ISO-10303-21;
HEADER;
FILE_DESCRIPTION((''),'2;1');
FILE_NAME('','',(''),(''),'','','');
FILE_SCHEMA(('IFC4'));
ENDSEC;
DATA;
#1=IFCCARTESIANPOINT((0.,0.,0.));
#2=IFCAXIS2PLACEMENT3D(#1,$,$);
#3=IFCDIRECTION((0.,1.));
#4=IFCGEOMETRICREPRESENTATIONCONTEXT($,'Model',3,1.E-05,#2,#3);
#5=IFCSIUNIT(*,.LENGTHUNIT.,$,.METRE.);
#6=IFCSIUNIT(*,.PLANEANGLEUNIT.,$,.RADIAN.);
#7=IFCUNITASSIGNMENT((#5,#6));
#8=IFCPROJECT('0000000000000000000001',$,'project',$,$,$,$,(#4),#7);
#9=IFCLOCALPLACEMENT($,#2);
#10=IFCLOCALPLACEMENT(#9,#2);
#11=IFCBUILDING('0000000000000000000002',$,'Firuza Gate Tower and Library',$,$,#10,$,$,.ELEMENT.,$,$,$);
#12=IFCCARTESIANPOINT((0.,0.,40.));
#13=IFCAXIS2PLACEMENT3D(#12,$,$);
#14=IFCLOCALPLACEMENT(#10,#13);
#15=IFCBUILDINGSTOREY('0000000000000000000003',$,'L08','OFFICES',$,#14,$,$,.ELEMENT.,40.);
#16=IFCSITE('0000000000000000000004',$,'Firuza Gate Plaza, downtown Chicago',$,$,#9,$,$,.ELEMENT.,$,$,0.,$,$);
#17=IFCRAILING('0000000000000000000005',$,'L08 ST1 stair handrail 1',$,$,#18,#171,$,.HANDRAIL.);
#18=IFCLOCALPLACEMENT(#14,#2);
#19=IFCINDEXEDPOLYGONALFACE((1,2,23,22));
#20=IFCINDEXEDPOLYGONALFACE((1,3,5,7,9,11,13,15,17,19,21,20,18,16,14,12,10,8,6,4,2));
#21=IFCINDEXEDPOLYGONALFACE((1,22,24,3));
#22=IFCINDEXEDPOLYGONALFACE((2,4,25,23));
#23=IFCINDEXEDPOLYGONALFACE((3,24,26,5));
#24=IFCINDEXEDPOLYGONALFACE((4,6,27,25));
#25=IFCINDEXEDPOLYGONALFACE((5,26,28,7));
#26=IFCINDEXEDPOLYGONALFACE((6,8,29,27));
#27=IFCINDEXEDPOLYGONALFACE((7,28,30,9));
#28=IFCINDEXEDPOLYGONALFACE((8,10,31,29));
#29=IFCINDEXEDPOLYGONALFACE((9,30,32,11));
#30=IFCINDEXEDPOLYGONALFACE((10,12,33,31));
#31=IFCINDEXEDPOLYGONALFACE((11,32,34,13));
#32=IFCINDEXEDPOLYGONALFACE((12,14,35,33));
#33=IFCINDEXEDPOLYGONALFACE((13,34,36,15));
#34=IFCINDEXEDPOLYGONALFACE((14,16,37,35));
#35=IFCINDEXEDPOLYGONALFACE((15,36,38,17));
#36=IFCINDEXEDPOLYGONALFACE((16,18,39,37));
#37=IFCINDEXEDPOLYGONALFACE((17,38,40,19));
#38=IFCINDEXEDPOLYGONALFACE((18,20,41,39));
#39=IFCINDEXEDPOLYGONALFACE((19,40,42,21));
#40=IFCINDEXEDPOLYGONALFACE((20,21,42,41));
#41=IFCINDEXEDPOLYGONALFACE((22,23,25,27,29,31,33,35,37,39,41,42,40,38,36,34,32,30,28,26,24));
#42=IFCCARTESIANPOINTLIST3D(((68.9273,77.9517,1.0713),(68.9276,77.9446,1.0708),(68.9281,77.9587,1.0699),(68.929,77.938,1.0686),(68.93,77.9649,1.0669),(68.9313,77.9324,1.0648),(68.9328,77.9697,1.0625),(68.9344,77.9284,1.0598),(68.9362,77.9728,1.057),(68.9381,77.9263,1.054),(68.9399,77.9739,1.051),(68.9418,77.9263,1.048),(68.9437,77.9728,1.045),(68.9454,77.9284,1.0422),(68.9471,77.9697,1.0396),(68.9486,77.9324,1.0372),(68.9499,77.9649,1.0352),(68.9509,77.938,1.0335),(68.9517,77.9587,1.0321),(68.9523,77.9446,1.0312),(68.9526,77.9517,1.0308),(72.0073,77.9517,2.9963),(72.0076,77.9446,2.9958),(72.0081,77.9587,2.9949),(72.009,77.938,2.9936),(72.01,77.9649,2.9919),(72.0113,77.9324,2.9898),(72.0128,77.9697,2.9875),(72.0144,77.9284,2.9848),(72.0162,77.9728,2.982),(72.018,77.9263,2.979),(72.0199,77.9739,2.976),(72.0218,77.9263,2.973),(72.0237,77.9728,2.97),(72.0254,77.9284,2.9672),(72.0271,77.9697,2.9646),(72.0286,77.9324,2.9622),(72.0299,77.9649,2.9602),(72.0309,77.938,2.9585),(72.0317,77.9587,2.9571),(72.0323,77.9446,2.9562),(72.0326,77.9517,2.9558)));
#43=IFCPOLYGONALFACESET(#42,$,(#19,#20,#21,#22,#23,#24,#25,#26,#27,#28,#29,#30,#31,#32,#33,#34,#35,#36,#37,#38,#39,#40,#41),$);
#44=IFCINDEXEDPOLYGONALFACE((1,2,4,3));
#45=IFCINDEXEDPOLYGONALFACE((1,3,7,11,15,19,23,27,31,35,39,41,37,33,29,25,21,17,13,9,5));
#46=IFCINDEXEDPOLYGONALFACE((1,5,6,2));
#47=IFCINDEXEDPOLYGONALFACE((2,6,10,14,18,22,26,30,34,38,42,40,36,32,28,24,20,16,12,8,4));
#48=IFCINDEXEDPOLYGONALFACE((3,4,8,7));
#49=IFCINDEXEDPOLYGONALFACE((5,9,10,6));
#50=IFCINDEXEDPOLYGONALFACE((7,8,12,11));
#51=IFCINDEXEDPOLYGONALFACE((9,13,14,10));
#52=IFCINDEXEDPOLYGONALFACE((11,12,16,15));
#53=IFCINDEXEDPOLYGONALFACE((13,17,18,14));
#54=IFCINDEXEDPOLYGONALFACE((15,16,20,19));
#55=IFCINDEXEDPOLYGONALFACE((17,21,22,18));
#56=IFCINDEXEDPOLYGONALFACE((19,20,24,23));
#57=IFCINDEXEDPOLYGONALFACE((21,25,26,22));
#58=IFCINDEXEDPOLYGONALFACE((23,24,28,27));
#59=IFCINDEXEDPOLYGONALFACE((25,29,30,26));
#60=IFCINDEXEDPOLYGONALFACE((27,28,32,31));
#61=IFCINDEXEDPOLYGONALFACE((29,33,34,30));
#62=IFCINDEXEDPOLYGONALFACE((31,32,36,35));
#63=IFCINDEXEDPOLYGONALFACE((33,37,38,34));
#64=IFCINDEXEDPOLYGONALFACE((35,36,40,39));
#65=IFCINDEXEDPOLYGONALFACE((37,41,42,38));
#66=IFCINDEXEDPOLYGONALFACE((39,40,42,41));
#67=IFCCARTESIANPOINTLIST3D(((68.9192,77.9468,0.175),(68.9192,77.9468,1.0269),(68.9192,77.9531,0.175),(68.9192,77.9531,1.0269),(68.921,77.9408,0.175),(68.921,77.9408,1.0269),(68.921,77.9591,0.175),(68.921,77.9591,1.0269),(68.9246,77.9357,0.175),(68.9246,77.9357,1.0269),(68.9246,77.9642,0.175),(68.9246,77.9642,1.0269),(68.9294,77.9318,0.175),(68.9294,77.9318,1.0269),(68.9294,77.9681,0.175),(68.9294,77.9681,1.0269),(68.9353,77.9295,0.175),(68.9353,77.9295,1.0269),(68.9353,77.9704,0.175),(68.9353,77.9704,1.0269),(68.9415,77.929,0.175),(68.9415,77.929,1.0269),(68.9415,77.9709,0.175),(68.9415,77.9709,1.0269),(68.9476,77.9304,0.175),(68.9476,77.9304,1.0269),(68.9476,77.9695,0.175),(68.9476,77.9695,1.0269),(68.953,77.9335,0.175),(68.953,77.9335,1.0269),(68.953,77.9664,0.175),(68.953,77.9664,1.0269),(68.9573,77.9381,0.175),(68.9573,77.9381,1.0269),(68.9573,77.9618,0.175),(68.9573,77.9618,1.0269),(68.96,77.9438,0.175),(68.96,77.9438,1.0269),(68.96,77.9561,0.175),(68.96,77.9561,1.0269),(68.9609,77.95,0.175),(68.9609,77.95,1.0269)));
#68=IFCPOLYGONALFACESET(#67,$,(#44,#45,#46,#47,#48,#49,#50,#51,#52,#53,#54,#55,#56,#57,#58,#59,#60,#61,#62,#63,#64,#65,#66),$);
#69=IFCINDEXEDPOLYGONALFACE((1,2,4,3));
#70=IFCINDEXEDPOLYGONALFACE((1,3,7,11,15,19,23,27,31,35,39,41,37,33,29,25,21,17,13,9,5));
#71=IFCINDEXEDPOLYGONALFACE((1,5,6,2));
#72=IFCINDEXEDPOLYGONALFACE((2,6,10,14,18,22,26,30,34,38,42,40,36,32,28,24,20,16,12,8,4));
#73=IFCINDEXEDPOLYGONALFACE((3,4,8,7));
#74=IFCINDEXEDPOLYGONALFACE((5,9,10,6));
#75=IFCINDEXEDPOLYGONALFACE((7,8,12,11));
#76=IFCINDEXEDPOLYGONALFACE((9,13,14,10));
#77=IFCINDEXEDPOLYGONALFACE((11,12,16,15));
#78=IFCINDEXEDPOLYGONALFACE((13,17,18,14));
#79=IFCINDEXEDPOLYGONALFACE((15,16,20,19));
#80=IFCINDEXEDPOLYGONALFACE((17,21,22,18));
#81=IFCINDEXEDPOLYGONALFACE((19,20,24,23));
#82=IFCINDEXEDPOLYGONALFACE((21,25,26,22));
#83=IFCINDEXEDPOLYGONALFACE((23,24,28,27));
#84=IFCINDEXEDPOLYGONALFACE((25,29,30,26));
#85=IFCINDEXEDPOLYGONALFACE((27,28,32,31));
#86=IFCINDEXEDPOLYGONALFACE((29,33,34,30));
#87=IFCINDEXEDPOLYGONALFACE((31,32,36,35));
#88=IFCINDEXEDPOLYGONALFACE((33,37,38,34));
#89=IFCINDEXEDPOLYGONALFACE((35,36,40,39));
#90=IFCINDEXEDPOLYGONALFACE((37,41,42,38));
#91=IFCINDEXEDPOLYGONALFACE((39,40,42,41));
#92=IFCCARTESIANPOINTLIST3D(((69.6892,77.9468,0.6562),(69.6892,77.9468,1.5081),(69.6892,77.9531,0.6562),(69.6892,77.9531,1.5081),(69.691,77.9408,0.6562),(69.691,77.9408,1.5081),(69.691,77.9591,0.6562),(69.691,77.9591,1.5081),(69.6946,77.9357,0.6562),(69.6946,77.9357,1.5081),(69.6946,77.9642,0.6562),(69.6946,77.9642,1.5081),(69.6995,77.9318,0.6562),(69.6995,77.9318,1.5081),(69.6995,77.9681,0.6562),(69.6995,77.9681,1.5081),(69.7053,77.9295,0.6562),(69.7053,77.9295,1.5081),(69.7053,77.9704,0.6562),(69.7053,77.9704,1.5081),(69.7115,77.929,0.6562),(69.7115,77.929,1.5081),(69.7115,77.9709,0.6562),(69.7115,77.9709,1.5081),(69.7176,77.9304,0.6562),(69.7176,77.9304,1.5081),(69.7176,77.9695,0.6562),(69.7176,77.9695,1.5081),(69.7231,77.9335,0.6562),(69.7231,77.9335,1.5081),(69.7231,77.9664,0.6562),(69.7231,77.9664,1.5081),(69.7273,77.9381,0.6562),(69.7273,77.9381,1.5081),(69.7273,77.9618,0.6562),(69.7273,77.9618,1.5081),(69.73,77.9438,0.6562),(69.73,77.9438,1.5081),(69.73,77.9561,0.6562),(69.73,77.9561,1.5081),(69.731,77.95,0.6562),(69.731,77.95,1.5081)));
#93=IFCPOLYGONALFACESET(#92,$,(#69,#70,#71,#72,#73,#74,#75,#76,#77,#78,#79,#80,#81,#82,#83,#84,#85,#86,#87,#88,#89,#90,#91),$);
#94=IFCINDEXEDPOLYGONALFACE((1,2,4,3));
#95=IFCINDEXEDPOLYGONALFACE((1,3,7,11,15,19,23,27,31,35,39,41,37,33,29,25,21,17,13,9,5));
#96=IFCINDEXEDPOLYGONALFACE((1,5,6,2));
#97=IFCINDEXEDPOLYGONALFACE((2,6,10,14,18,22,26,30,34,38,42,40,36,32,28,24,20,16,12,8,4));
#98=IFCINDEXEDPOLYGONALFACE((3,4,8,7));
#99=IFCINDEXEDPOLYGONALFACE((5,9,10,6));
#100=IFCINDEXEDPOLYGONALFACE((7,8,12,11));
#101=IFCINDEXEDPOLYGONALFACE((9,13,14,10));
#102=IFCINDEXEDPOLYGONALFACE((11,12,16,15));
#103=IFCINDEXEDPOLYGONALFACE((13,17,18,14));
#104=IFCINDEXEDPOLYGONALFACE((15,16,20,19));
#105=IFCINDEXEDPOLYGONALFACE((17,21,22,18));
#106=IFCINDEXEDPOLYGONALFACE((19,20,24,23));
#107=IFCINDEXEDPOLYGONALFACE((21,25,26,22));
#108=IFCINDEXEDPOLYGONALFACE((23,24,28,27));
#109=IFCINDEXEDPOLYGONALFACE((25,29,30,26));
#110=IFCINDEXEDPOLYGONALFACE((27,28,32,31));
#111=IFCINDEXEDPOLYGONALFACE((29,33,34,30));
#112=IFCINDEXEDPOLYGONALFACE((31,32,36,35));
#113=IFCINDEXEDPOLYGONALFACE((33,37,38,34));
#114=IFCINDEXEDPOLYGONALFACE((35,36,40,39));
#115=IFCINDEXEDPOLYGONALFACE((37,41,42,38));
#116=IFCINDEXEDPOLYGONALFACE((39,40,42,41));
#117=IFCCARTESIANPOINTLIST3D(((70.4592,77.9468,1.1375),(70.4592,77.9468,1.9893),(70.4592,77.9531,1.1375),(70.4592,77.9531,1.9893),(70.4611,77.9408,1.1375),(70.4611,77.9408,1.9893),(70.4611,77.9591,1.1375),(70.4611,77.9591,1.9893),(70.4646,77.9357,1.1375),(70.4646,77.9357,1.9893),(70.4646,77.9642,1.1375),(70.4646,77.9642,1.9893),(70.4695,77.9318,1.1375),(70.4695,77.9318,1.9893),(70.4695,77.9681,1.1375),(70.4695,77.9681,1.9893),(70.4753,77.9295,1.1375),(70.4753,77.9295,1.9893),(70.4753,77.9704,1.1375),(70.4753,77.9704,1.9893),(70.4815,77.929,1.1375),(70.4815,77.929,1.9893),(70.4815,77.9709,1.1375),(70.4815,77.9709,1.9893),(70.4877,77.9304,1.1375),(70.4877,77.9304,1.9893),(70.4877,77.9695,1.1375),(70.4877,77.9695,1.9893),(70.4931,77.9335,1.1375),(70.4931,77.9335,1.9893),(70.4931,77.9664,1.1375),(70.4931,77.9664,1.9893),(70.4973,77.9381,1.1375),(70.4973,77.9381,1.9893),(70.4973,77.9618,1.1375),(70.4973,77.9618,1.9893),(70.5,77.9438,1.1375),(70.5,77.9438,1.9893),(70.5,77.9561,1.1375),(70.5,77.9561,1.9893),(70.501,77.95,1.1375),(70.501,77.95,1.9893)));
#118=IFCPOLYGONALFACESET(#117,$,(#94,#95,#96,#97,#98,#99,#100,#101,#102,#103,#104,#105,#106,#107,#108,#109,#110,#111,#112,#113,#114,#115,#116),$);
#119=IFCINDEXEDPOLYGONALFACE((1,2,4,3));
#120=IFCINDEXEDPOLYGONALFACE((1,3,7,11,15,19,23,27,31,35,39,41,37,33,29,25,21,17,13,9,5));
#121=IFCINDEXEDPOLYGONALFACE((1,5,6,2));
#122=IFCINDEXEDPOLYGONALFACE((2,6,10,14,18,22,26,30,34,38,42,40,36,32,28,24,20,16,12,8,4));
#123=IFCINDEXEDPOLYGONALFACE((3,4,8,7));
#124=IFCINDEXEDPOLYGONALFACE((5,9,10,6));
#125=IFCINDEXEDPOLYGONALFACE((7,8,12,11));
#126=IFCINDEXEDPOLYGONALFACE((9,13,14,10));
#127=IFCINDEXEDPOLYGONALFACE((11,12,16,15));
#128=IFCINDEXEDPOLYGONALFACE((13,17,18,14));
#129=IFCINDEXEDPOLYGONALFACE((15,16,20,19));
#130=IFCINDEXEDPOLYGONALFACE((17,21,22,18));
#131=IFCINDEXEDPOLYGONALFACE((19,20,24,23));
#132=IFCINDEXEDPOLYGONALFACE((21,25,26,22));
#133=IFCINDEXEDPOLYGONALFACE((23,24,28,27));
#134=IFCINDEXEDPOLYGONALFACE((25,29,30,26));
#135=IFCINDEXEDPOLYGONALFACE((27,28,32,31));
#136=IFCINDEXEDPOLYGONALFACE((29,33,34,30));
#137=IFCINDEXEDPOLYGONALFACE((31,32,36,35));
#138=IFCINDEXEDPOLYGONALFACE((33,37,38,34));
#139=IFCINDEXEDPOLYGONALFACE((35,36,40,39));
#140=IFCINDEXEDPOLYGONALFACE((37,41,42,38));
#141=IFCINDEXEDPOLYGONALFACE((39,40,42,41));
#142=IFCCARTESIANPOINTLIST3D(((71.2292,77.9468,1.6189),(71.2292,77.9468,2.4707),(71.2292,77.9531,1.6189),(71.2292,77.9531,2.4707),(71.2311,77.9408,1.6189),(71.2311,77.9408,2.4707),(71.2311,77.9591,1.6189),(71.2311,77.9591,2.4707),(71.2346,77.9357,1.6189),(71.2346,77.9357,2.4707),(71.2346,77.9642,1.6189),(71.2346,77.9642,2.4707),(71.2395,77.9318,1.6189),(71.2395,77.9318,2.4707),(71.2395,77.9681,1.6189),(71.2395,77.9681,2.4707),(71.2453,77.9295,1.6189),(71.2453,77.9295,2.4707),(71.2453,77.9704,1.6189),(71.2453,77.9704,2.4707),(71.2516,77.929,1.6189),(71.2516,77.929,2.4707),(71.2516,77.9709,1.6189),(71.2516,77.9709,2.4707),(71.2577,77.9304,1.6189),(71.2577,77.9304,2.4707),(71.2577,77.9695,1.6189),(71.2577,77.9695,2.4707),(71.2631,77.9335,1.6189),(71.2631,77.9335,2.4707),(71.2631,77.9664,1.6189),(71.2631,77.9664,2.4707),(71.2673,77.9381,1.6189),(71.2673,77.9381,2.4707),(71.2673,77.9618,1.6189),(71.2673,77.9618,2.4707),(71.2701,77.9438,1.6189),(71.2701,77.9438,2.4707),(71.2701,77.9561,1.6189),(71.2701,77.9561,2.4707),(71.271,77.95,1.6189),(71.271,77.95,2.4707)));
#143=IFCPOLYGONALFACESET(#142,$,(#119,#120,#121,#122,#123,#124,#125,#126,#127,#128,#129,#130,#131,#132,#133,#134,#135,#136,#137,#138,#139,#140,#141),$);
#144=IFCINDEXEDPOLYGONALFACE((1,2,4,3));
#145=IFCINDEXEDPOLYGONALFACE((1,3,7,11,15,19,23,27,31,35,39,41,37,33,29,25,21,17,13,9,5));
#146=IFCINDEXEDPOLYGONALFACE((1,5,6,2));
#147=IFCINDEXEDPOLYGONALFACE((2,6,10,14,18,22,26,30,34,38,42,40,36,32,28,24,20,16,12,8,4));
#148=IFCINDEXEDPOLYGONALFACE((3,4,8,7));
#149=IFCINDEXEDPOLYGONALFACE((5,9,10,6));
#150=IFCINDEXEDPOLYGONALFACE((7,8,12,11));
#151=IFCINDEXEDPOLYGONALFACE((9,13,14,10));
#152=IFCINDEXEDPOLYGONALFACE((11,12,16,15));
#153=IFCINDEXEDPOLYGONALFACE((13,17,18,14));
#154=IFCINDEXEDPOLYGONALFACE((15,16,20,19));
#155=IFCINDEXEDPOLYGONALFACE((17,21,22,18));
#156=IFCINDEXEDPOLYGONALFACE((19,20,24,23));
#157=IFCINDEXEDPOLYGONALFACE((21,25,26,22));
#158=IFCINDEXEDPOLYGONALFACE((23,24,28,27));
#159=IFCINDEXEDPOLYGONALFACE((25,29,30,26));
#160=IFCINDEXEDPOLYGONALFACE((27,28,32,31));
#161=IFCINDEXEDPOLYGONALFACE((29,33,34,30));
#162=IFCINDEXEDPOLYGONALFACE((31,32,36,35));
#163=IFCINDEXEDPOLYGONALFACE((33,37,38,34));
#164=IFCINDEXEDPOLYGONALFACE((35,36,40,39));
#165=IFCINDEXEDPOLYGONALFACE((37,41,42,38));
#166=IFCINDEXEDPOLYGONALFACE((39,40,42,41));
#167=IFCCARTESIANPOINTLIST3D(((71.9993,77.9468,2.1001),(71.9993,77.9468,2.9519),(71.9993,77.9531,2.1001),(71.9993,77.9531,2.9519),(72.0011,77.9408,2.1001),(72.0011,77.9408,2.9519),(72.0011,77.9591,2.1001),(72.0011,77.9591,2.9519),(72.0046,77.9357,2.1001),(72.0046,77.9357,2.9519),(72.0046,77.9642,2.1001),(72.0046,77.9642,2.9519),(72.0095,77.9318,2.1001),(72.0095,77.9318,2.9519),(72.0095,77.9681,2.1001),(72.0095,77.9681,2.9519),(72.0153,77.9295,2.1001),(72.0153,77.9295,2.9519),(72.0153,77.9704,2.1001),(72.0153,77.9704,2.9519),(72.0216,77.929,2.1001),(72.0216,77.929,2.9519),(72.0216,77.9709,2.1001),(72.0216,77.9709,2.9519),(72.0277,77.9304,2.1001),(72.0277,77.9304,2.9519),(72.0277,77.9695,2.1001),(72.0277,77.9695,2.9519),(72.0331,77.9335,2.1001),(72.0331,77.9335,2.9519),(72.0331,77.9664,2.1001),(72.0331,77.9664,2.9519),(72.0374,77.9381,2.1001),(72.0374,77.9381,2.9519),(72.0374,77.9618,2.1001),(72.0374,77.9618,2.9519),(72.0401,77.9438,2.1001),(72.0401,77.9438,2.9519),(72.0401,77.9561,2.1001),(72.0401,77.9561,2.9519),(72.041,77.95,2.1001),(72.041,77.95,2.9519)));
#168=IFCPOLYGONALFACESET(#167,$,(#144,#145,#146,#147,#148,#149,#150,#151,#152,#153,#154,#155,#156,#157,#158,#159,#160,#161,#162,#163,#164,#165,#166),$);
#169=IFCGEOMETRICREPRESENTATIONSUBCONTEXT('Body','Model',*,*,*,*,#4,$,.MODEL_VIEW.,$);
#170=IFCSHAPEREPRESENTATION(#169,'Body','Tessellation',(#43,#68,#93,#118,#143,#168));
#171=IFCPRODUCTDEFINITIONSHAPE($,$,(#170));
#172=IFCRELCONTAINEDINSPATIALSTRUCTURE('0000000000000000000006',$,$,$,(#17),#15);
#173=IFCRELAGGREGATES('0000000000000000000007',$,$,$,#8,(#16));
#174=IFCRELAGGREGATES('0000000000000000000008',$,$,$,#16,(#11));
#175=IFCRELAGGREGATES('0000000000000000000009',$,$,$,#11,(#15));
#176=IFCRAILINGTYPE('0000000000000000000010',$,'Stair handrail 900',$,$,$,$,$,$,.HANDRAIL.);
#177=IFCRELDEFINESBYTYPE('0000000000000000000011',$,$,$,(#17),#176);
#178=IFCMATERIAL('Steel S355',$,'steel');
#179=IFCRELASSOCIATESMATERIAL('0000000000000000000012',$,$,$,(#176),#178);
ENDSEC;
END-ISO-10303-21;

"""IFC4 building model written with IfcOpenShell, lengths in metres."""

from ifc_helpers import new_model, si_unit, direction, frame, origin, origin_2d, place, context, subcontext, project, spatial, circle, extrude, material, type_object, element, save


model = new_model("IFC4")

# Units and contexts
model_context = context("Model", 3, precision=1e-05, world=origin(), true_north=direction((0.0, 1.0)))
body_context = subcontext(model_context, "Body", "Model", "MODEL_VIEW")
ifc_project = project(units=[si_unit("LENGTHUNIT", "METRE"), si_unit("PLANEANGLEUNIT", "RADIAN")], contexts=[model_context])

# Site, building, storey
site_placement = place(None, origin())
site = spatial("IfcSite", under=ifc_project, at=site_placement, Name="Firuza Gate Plaza, downtown Chicago", CompositionType="ELEMENT", RefElevation=0.0)
building_placement = place(site_placement, origin())
building = spatial("IfcBuilding", under=site, at=building_placement, Name="Firuza Gate Tower and Library", CompositionType="ELEMENT")
storey_placement = place(building_placement, frame((0.0, 0.0, 40.0)))
storey = spatial("IfcBuildingStorey", under=building, at=storey_placement, Name="L08", Description="OFFICES", CompositionType="ELEMENT", Elevation=40.0)

# Railing
ifc_material_1 = material(Name="Steel S355", Category="steel")
railing_type_1 = type_object("IfcRailingType", Name="Stair handrail 900", PredefinedType="HANDRAIL", material=ifc_material_1)
railing_1_placement = place(storey_placement, frame((68.9399, 77.95, 0.175)))
element("IfcRailing", 1, at=railing_1_placement, inside=storey, type_object=railing_type_1, Name="L08 ST1 stair handrail 1", PredefinedType="HANDRAIL", context=body_context, shape_type="SweptSolid", body=[
    extrude(circle(Radius=0.0239, at=origin_2d()), frame((0.0, 0.0, 0.876), z_axis=(0.847998, 0.0, 0.529999), x_axis=(0.0, 1.0, 0.0)), (0.0, 0.0, 1.0), 3.6321),
    extrude(circle(Radius=0.021, at=origin_2d()), origin(), (0.0, 0.0, 1.0), 0.8518),
    extrude(circle(Radius=0.021, at=origin_2d()), frame((0.77, 0.0, 0.4812)), (0.0, 0.0, 1.0), 0.8518),
    extrude(circle(Radius=0.021, at=origin_2d()), frame((1.54, 0.0, 0.9624)), (0.0, 0.0, 1.0), 0.8518),
    extrude(circle(Radius=0.021, at=origin_2d()), frame((2.3101, 0.0, 1.4438)), (0.0, 0.0, 1.0), 0.8518),
    extrude(circle(Radius=0.021, at=origin_2d()), frame((3.0801, 0.0, 1.925)), (0.0, 0.0, 1.0), 0.8518),
])

save(model, "model.ifc")
